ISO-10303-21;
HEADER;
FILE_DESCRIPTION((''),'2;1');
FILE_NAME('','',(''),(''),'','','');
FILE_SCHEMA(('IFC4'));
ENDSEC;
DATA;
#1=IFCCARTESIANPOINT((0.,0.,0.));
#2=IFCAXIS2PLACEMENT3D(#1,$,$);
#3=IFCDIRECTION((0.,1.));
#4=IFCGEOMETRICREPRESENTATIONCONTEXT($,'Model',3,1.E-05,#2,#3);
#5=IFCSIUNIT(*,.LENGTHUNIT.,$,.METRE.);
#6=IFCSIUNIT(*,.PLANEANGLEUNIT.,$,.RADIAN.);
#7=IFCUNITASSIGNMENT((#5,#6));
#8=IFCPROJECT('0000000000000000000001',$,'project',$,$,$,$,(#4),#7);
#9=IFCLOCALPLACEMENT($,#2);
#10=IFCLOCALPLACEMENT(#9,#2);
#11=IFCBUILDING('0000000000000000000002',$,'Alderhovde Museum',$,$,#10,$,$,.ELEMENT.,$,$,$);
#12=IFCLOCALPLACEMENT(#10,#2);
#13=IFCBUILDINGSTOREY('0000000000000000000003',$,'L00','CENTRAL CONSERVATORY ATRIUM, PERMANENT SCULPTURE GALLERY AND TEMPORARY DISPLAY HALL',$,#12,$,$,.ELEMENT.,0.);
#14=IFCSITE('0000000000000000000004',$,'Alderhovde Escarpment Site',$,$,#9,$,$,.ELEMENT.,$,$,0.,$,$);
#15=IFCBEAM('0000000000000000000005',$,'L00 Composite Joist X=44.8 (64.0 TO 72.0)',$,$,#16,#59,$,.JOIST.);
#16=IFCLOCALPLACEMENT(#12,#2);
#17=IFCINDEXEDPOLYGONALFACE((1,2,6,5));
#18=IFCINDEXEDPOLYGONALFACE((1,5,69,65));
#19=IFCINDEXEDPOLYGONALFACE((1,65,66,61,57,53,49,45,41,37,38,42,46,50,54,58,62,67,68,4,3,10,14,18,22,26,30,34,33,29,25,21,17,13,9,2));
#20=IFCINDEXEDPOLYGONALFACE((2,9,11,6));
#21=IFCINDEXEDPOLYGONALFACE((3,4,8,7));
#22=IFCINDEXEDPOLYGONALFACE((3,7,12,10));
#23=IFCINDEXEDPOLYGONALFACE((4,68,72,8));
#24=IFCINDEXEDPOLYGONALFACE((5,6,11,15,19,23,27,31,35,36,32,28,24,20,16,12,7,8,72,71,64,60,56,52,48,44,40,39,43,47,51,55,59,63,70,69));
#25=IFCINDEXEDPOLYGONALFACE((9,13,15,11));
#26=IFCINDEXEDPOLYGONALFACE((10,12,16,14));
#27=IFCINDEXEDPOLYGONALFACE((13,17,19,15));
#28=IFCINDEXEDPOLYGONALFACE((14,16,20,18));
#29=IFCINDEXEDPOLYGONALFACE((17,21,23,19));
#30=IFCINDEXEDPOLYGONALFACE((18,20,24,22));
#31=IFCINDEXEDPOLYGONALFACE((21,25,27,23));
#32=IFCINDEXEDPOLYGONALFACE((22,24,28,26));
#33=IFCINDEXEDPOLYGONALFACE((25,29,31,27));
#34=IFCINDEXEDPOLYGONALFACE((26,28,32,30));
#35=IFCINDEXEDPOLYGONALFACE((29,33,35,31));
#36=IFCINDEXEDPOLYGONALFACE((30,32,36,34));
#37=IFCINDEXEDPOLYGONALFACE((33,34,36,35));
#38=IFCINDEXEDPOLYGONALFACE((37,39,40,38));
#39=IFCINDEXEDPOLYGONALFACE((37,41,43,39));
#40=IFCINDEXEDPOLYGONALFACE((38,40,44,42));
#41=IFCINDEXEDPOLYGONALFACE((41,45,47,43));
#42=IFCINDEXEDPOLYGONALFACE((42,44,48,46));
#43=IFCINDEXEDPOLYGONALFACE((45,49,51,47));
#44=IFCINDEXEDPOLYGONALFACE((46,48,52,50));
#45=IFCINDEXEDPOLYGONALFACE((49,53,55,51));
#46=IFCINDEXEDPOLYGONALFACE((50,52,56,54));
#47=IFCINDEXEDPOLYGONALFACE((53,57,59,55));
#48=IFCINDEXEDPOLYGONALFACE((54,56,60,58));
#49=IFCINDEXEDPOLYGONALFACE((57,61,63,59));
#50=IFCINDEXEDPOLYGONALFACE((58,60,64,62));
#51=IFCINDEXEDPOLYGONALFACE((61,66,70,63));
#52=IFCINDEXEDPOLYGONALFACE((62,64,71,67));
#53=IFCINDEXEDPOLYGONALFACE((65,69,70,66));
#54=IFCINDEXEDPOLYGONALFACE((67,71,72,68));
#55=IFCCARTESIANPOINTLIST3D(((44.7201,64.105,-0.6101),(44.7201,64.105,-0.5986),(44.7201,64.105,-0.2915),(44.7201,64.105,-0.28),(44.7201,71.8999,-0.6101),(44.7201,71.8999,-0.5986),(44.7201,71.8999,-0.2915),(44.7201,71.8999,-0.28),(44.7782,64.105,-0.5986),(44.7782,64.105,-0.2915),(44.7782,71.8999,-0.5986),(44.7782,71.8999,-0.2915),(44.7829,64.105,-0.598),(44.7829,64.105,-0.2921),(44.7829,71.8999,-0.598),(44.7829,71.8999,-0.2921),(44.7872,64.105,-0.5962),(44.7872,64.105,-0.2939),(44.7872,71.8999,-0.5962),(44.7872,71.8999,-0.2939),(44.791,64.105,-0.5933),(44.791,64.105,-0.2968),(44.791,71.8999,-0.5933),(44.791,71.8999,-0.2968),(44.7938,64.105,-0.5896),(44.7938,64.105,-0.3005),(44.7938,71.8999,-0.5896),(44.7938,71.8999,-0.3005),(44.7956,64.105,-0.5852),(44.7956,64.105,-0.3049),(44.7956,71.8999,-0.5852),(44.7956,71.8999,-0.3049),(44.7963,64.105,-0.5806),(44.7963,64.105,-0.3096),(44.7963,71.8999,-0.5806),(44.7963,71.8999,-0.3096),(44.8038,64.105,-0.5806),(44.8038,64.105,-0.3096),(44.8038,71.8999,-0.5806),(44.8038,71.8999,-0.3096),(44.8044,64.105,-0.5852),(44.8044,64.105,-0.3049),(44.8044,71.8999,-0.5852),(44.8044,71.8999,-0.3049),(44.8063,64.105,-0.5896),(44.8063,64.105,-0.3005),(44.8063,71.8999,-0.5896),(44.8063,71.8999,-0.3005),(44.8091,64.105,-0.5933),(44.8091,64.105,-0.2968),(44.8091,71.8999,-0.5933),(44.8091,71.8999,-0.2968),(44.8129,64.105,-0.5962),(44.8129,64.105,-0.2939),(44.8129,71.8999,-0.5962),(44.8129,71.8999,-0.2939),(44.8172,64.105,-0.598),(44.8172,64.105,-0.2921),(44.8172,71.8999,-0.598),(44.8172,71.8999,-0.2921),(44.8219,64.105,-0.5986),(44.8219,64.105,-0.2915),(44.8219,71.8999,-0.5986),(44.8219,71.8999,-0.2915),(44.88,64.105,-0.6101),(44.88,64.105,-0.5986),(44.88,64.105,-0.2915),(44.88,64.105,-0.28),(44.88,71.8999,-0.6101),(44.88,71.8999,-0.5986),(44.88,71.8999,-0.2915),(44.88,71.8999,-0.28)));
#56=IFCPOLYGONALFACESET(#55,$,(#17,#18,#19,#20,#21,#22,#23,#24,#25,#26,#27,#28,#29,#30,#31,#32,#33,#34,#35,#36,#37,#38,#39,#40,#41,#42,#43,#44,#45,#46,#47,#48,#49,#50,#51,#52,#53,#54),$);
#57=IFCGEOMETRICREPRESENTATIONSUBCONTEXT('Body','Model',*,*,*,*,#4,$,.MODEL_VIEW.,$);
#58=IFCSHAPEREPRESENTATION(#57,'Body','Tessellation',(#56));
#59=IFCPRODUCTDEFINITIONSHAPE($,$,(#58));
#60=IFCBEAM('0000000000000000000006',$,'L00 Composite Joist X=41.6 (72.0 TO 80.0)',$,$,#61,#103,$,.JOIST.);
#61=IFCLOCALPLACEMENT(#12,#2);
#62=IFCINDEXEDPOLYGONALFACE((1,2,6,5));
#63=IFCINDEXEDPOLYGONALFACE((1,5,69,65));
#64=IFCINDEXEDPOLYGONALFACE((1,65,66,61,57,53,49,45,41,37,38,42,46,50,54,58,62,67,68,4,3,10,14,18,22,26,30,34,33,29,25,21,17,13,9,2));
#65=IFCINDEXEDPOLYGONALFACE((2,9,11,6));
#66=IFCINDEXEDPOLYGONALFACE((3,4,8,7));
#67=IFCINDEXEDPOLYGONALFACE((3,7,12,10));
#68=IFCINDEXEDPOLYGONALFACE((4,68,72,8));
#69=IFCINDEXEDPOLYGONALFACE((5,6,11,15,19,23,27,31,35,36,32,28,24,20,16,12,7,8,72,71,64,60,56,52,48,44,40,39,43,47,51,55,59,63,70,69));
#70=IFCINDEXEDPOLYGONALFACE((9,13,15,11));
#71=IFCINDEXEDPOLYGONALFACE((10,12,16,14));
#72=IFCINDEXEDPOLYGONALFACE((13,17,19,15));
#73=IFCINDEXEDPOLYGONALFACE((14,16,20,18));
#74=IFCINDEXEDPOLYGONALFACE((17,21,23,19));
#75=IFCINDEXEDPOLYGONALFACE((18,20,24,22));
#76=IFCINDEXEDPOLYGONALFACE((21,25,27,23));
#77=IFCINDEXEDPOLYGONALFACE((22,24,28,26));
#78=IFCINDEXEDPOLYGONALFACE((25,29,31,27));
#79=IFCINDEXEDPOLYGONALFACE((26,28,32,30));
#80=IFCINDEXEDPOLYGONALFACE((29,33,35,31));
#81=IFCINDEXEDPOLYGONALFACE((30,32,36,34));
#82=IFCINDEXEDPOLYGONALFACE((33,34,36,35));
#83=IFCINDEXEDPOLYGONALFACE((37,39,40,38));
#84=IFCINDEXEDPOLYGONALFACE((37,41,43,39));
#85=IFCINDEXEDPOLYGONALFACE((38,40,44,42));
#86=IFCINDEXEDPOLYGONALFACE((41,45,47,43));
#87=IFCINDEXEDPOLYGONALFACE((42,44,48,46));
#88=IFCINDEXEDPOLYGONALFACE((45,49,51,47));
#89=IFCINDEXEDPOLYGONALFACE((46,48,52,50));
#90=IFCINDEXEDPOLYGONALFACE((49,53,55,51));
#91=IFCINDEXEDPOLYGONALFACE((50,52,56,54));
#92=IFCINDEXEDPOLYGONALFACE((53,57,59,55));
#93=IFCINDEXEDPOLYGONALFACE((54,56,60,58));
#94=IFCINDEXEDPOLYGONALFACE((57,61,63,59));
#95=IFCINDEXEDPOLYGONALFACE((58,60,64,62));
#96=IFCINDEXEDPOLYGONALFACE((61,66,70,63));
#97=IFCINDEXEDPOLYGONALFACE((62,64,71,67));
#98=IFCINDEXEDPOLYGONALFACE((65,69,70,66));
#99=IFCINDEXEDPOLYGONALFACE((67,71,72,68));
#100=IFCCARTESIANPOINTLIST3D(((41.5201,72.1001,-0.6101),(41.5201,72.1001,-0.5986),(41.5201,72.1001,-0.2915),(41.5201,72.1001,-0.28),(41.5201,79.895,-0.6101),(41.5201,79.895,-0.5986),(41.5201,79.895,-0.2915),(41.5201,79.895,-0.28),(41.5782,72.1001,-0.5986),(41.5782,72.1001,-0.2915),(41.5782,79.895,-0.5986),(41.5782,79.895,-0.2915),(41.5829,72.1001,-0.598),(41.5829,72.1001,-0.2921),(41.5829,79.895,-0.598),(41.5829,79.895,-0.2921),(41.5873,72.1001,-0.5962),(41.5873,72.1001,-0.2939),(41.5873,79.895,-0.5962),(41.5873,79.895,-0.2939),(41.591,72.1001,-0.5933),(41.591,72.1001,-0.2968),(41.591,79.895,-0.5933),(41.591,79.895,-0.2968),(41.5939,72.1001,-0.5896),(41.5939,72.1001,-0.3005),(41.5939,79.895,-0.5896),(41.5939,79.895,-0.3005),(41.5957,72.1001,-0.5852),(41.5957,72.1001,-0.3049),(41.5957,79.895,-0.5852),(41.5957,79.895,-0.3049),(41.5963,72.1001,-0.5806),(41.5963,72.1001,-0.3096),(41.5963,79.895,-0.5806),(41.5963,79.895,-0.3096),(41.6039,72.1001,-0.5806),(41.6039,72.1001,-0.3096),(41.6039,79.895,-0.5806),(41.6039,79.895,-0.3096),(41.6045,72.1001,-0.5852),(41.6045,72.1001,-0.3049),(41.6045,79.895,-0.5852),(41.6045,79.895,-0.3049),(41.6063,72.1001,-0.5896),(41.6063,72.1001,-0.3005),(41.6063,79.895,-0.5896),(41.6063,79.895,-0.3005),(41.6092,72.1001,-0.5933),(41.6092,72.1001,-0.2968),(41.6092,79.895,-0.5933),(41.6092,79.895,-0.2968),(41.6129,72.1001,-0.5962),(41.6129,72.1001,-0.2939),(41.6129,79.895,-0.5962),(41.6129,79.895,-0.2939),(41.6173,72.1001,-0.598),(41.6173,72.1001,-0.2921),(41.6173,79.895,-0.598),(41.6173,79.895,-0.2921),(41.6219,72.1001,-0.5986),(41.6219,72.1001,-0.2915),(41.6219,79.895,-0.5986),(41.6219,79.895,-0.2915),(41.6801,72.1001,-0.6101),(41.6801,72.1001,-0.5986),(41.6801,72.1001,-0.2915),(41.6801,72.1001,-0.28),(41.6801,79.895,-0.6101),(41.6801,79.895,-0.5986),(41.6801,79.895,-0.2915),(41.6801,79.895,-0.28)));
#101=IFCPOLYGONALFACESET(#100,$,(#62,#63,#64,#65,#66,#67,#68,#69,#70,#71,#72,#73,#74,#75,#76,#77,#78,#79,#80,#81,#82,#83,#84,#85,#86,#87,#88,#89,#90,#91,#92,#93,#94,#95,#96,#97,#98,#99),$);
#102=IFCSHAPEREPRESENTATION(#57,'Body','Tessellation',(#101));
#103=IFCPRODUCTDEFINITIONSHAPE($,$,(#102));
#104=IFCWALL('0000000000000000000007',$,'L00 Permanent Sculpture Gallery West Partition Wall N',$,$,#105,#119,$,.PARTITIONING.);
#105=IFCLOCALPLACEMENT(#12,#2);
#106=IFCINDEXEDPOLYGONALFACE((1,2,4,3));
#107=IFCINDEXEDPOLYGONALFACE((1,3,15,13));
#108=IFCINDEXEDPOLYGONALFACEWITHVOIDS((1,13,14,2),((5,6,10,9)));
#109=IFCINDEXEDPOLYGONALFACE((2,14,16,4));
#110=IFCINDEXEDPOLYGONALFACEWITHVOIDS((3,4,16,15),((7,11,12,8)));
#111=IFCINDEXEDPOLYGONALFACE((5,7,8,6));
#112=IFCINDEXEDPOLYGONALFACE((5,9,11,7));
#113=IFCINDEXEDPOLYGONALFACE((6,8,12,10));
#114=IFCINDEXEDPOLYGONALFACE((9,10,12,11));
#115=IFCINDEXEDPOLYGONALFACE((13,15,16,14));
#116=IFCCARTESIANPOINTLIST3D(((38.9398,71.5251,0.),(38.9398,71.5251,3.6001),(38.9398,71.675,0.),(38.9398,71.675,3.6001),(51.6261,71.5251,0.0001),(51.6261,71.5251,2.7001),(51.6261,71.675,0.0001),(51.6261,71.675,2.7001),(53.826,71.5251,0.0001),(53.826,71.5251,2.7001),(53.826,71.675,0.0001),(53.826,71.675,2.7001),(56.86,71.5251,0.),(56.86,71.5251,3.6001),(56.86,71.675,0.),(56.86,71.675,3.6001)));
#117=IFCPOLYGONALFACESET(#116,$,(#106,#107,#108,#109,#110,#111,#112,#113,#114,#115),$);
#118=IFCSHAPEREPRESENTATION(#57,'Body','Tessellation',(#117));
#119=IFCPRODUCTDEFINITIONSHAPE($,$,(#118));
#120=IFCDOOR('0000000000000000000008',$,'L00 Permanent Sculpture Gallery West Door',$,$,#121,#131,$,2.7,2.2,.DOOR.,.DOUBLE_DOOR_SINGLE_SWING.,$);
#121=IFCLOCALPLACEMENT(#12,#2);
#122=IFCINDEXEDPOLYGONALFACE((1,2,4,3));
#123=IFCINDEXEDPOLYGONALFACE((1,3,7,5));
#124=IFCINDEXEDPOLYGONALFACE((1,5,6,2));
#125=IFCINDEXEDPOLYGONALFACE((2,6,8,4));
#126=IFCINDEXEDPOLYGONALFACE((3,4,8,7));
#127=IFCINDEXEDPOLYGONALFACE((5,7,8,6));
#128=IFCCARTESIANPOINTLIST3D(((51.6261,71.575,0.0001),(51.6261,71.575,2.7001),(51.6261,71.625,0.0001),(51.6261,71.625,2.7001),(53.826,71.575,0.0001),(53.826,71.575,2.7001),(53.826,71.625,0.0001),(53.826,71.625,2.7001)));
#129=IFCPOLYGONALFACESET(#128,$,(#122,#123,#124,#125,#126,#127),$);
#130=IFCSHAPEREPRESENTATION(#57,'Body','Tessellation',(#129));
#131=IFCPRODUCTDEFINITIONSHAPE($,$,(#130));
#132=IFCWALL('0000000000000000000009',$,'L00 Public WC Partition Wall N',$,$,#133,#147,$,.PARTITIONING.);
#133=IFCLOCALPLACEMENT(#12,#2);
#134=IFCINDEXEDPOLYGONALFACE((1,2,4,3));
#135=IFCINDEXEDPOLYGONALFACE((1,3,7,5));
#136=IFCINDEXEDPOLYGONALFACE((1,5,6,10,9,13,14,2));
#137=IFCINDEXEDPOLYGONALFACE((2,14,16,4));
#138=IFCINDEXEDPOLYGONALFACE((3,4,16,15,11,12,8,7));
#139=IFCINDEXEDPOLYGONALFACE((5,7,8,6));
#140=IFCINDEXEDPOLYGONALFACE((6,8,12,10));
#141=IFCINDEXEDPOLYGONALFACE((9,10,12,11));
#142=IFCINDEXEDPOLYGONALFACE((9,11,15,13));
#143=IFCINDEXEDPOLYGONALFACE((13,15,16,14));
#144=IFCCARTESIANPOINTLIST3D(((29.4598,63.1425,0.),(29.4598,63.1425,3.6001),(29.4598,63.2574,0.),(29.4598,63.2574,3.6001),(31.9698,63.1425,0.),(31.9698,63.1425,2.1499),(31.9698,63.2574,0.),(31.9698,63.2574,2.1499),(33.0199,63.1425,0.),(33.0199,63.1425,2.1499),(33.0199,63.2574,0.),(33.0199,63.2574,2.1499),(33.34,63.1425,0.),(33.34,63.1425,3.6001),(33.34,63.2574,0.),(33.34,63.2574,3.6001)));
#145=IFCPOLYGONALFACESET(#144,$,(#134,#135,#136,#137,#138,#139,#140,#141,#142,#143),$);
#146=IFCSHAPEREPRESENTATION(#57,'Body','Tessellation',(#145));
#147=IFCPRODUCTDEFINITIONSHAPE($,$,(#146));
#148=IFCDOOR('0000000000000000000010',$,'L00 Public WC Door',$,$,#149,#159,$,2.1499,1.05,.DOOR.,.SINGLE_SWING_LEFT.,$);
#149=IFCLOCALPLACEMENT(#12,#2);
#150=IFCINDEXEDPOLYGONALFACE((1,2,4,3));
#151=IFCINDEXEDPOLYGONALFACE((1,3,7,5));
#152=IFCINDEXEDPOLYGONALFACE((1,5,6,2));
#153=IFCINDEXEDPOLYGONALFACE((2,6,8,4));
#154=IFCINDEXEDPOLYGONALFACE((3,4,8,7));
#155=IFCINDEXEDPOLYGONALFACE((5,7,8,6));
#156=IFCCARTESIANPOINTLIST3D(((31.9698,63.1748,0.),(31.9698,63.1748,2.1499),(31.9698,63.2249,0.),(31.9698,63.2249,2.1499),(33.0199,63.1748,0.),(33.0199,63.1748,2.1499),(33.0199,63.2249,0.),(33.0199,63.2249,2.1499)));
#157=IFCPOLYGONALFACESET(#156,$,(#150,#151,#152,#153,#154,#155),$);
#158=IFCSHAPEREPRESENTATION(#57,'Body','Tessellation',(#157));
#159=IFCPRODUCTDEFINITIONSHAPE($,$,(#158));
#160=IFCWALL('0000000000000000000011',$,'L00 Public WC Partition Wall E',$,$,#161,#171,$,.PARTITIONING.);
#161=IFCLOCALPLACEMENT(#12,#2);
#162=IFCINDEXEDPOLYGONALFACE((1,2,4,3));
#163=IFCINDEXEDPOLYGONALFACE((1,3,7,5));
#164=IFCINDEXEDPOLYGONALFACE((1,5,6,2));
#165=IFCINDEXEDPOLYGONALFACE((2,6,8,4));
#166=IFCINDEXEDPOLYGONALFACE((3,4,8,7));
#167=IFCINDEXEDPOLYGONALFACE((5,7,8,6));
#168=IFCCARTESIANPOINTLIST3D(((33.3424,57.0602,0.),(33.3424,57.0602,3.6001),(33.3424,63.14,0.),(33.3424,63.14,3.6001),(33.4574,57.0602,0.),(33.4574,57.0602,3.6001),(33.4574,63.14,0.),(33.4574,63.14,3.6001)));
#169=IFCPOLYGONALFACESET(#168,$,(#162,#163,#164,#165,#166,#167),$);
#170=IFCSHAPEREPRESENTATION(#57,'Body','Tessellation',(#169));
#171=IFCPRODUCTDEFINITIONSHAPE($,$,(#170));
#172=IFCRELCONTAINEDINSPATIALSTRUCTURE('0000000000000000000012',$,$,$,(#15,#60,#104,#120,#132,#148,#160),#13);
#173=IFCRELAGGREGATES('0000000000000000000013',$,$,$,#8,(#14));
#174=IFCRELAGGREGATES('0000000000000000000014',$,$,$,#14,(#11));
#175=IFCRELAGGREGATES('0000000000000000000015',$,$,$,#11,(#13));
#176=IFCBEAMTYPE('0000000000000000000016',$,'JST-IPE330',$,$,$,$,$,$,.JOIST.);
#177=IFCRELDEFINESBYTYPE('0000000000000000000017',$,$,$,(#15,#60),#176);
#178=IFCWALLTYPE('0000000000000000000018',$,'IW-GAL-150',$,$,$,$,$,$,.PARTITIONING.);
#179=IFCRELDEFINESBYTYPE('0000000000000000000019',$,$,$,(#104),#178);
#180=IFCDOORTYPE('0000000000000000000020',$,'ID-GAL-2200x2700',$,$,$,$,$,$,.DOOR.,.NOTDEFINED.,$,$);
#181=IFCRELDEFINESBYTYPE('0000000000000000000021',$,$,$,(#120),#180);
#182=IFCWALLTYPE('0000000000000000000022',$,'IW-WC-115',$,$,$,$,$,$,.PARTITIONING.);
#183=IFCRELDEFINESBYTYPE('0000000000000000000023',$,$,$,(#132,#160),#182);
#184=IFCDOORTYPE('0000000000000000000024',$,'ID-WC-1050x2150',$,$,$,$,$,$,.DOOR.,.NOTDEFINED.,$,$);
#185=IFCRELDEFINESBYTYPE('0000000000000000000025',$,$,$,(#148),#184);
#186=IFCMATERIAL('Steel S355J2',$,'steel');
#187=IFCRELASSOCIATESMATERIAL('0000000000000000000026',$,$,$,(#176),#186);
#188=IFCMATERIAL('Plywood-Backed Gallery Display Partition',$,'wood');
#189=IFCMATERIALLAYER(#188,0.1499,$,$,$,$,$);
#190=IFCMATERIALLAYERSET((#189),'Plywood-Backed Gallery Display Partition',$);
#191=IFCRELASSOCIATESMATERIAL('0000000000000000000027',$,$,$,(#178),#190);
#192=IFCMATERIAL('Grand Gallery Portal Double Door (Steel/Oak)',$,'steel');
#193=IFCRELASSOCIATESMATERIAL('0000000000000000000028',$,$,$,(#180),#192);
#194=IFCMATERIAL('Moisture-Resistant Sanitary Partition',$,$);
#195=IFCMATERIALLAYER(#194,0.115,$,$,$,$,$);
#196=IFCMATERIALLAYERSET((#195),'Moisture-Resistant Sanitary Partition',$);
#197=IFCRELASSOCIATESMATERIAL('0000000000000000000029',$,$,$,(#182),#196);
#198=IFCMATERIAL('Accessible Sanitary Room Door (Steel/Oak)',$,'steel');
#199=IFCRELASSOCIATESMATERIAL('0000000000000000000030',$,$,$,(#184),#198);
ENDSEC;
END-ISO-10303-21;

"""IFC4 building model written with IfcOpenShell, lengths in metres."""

from ifc_helpers import new_model, si_unit, direction, frame, frame_2d, origin, origin_2d, place, context, subcontext, project, spatial, rectangle, i_section, extrude, material, layer, layer_set, material_profile, profile_set, type_object, element, fill, save


model = new_model("IFC4")

# Units and contexts
model_context = context("Model", 3, precision=1e-05, world=origin(), true_north=direction((0.0, 1.0)))
body_context = subcontext(model_context, "Body", "Model", "MODEL_VIEW")
ifc_project = project(units=[si_unit("LENGTHUNIT", "METRE"), si_unit("PLANEANGLEUNIT", "RADIAN")], contexts=[model_context])

# Site, building, storey
site_placement = place(None, origin())
site = spatial("IfcSite", under=ifc_project, at=site_placement, Name="Alderhovde Escarpment Site", CompositionType="ELEMENT", RefElevation=0.0)
building_placement = place(site_placement, origin())
building = spatial("IfcBuilding", under=site, at=building_placement, Name="Alderhovde Museum", CompositionType="ELEMENT")
storey_placement = place(building_placement, origin())
storey = spatial("IfcBuildingStorey", under=building, at=storey_placement, Name="L00", Description="CENTRAL CONSERVATORY ATRIUM, PERMANENT SCULPTURE GALLERY AND TEMPORARY DISPLAY HALL", CompositionType="ELEMENT", Elevation=0.0)

# Beams
ifc_material_1 = material(Name="Steel S355J2", Category="steel")
ifc_material_profile_1 = material_profile(ifc_material_1, i_section(OverallWidth=0.1599, OverallDepth=0.3301, WebThickness=0.0076, FlangeThickness=0.0115, FilletRadius=0.0181, at=origin_2d()), Name="IPE 330")
ifc_profile_set_1 = profile_set([ifc_material_profile_1], Name="Steel S355J2")
beam_type_1 = type_object("IfcBeamType", Name="JST-IPE330", PredefinedType="JOIST", material=ifc_profile_set_1)
for number, where, z_axis, x_axis, name in (
    (1, (44.8, 64.105, -0.4451), (0.0, 1.0, 0.0), (-1.0, 0.0, 0.0), "L00 Composite Joist X=44.8 (64.0 TO 72.0)"),
    (2, (41.6001, 72.1001, -0.4451), (0.0, 1.0, 0.0), (-1.0, 0.0, 0.0), "L00 Composite Joist X=41.6 (72.0 TO 80.0)"),
):
    element("IfcBeam", number, at=place(storey_placement, frame(where, z_axis=z_axis, x_axis=x_axis)), inside=storey, type_object=beam_type_1, Name=name, PredefinedType="JOIST", context=body_context, shape_type="SweptSolid", body=[
        extrude(i_section(OverallWidth=0.1599, OverallDepth=0.3301, WebThickness=0.0076, FlangeThickness=0.0115, FilletRadius=0.0181, at=origin_2d()), origin(), (0.0, 0.0, 1.0), 7.7949),
    ])

# Walls, openings, doors
ifc_material_2 = material(Name="Plywood-Backed Gallery Display Partition", Category="wood")
ifc_layer_1 = layer(ifc_material_2, 0.1499)
ifc_layer_set_1 = layer_set([ifc_layer_1], Name="Plywood-Backed Gallery Display Partition")
wall_type_1 = type_object("IfcWallType", Name="IW-GAL-150", PredefinedType="PARTITIONING", material=ifc_layer_set_1)
wall_1_placement = place(storey_placement, frame((38.9399, 71.6001, 0.0), z_axis=(0.0, 0.0, 1.0), x_axis=(1.0, 0.0, 0.0)))
wall_1 = element("IfcWall", 3, at=wall_1_placement, inside=storey, type_object=wall_type_1, Name="L00 Permanent Sculpture Gallery West Partition Wall N", PredefinedType="PARTITIONING", context=body_context, shape_type="SweptSolid", body=[
    extrude(rectangle(XDim=17.9202, YDim=0.1499, at=frame_2d((8.96, 0.0))), origin(), (0.0, 0.0, 1.0), 3.6001),
])
opening_1_placement = place(wall_1_placement, frame((12.686, 0.0, 0.0)))
opening_1 = element("IfcOpeningElement", 4, at=opening_1_placement, cuts=wall_1, PredefinedType="OPENING", context=body_context, shape_type="SweptSolid", body=[
    extrude(rectangle(XDim=2.2, YDim=2.7, at=frame_2d((1.1001, 1.3501))), frame((0.0, 0.085, 0.0), z_axis=(0.0, -1.0, 0.0), x_axis=(1.0, 0.0, 0.0)), (0.0, 0.0, 1.0), 0.1699),
])
ifc_material_3 = material(Name="Grand Gallery Portal Double Door (Steel/Oak)", Category="steel")
door_type_1 = type_object("IfcDoorType", Name="ID-GAL-2200x2700", OperationType="NOTDEFINED", PredefinedType="DOOR", material=ifc_material_3)
door_1_placement = place(opening_1_placement, origin())
door_1 = element("IfcDoor", 5, at=door_1_placement, inside=storey, type_object=door_type_1, Name="L00 Permanent Sculpture Gallery West Door", OperationType="DOUBLE_DOOR_SINGLE_SWING", OverallHeight=2.7, OverallWidth=2.2, PredefinedType="DOOR", context=body_context, shape_type="SweptSolid", body=[
    extrude(rectangle(XDim=2.2, YDim=2.7, at=frame_2d((1.1001, 1.3501))), frame((0.0, 0.0249, 0.0), z_axis=(0.0, -1.0, 0.0), x_axis=(1.0, 0.0, 0.0)), (0.0, 0.0, 1.0), 0.05),
])
fill(opening_1, door_1)
ifc_material_4 = material(Name="Moisture-Resistant Sanitary Partition")
ifc_layer_2 = layer(ifc_material_4, 0.115)
ifc_layer_set_2 = layer_set([ifc_layer_2], Name="Moisture-Resistant Sanitary Partition")
wall_type_2 = type_object("IfcWallType", Name="IW-WC-115", PredefinedType="PARTITIONING", material=ifc_layer_set_2)
wall_2_placement = place(storey_placement, frame((29.46, 63.2, 0.0), z_axis=(0.0, 0.0, 1.0), x_axis=(1.0, 0.0, 0.0)))
wall_2 = element("IfcWall", 6, at=wall_2_placement, inside=storey, type_object=wall_type_2, Name="L00 Public WC Partition Wall N", PredefinedType="PARTITIONING", context=body_context, shape_type="SweptSolid", body=[
    extrude(rectangle(XDim=3.8801, YDim=0.115, at=frame_2d((1.9399, 0.0))), origin(), (0.0, 0.0, 1.0), 3.6001),
])
opening_2_placement = place(wall_2_placement, frame((2.51, 0.0, 0.0)))
opening_2 = element("IfcOpeningElement", 7, at=opening_2_placement, cuts=wall_2, PredefinedType="OPENING", context=body_context, shape_type="SweptSolid", body=[
    extrude(rectangle(XDim=1.05, YDim=2.1499, at=frame_2d((0.5249, 1.075))), frame((0.0, 0.0674, 0.0), z_axis=(0.0, -1.0, 0.0), x_axis=(1.0, 0.0, 0.0)), (0.0, 0.0, 1.0), 0.135),
])
ifc_material_5 = material(Name="Accessible Sanitary Room Door (Steel/Oak)", Category="steel")
door_type_2 = type_object("IfcDoorType", Name="ID-WC-1050x2150", OperationType="NOTDEFINED", PredefinedType="DOOR", material=ifc_material_5)
door_2_placement = place(opening_2_placement, origin())
door_2 = element("IfcDoor", 8, at=door_2_placement, inside=storey, type_object=door_type_2, Name="L00 Public WC Door", OperationType="SINGLE_SWING_LEFT", OverallHeight=2.1499, OverallWidth=1.05, PredefinedType="DOOR", context=body_context, shape_type="SweptSolid", body=[
    extrude(rectangle(XDim=1.05, YDim=2.1499, at=frame_2d((0.5249, 1.075))), frame((0.0, 0.0249, 0.0), z_axis=(0.0, -1.0, 0.0), x_axis=(1.0, 0.0, 0.0)), (0.0, 0.0, 1.0), 0.05),
])
fill(opening_2, door_2)

# Wall
wall_3_placement = place(storey_placement, frame((33.3999, 57.0601, 0.0), z_axis=(0.0, 0.0, 1.0), x_axis=(0.0, 1.0, 0.0)))
element("IfcWall", 9, at=wall_3_placement, inside=storey, type_object=wall_type_2, Name="L00 Public WC Partition Wall E", PredefinedType="PARTITIONING", context=body_context, shape_type="SweptSolid", body=[
    extrude(rectangle(XDim=6.0798, YDim=0.115, at=frame_2d((3.04, 0.0))), origin(), (0.0, 0.0, 1.0), 3.6001),
])

save(model, "model.ifc")
